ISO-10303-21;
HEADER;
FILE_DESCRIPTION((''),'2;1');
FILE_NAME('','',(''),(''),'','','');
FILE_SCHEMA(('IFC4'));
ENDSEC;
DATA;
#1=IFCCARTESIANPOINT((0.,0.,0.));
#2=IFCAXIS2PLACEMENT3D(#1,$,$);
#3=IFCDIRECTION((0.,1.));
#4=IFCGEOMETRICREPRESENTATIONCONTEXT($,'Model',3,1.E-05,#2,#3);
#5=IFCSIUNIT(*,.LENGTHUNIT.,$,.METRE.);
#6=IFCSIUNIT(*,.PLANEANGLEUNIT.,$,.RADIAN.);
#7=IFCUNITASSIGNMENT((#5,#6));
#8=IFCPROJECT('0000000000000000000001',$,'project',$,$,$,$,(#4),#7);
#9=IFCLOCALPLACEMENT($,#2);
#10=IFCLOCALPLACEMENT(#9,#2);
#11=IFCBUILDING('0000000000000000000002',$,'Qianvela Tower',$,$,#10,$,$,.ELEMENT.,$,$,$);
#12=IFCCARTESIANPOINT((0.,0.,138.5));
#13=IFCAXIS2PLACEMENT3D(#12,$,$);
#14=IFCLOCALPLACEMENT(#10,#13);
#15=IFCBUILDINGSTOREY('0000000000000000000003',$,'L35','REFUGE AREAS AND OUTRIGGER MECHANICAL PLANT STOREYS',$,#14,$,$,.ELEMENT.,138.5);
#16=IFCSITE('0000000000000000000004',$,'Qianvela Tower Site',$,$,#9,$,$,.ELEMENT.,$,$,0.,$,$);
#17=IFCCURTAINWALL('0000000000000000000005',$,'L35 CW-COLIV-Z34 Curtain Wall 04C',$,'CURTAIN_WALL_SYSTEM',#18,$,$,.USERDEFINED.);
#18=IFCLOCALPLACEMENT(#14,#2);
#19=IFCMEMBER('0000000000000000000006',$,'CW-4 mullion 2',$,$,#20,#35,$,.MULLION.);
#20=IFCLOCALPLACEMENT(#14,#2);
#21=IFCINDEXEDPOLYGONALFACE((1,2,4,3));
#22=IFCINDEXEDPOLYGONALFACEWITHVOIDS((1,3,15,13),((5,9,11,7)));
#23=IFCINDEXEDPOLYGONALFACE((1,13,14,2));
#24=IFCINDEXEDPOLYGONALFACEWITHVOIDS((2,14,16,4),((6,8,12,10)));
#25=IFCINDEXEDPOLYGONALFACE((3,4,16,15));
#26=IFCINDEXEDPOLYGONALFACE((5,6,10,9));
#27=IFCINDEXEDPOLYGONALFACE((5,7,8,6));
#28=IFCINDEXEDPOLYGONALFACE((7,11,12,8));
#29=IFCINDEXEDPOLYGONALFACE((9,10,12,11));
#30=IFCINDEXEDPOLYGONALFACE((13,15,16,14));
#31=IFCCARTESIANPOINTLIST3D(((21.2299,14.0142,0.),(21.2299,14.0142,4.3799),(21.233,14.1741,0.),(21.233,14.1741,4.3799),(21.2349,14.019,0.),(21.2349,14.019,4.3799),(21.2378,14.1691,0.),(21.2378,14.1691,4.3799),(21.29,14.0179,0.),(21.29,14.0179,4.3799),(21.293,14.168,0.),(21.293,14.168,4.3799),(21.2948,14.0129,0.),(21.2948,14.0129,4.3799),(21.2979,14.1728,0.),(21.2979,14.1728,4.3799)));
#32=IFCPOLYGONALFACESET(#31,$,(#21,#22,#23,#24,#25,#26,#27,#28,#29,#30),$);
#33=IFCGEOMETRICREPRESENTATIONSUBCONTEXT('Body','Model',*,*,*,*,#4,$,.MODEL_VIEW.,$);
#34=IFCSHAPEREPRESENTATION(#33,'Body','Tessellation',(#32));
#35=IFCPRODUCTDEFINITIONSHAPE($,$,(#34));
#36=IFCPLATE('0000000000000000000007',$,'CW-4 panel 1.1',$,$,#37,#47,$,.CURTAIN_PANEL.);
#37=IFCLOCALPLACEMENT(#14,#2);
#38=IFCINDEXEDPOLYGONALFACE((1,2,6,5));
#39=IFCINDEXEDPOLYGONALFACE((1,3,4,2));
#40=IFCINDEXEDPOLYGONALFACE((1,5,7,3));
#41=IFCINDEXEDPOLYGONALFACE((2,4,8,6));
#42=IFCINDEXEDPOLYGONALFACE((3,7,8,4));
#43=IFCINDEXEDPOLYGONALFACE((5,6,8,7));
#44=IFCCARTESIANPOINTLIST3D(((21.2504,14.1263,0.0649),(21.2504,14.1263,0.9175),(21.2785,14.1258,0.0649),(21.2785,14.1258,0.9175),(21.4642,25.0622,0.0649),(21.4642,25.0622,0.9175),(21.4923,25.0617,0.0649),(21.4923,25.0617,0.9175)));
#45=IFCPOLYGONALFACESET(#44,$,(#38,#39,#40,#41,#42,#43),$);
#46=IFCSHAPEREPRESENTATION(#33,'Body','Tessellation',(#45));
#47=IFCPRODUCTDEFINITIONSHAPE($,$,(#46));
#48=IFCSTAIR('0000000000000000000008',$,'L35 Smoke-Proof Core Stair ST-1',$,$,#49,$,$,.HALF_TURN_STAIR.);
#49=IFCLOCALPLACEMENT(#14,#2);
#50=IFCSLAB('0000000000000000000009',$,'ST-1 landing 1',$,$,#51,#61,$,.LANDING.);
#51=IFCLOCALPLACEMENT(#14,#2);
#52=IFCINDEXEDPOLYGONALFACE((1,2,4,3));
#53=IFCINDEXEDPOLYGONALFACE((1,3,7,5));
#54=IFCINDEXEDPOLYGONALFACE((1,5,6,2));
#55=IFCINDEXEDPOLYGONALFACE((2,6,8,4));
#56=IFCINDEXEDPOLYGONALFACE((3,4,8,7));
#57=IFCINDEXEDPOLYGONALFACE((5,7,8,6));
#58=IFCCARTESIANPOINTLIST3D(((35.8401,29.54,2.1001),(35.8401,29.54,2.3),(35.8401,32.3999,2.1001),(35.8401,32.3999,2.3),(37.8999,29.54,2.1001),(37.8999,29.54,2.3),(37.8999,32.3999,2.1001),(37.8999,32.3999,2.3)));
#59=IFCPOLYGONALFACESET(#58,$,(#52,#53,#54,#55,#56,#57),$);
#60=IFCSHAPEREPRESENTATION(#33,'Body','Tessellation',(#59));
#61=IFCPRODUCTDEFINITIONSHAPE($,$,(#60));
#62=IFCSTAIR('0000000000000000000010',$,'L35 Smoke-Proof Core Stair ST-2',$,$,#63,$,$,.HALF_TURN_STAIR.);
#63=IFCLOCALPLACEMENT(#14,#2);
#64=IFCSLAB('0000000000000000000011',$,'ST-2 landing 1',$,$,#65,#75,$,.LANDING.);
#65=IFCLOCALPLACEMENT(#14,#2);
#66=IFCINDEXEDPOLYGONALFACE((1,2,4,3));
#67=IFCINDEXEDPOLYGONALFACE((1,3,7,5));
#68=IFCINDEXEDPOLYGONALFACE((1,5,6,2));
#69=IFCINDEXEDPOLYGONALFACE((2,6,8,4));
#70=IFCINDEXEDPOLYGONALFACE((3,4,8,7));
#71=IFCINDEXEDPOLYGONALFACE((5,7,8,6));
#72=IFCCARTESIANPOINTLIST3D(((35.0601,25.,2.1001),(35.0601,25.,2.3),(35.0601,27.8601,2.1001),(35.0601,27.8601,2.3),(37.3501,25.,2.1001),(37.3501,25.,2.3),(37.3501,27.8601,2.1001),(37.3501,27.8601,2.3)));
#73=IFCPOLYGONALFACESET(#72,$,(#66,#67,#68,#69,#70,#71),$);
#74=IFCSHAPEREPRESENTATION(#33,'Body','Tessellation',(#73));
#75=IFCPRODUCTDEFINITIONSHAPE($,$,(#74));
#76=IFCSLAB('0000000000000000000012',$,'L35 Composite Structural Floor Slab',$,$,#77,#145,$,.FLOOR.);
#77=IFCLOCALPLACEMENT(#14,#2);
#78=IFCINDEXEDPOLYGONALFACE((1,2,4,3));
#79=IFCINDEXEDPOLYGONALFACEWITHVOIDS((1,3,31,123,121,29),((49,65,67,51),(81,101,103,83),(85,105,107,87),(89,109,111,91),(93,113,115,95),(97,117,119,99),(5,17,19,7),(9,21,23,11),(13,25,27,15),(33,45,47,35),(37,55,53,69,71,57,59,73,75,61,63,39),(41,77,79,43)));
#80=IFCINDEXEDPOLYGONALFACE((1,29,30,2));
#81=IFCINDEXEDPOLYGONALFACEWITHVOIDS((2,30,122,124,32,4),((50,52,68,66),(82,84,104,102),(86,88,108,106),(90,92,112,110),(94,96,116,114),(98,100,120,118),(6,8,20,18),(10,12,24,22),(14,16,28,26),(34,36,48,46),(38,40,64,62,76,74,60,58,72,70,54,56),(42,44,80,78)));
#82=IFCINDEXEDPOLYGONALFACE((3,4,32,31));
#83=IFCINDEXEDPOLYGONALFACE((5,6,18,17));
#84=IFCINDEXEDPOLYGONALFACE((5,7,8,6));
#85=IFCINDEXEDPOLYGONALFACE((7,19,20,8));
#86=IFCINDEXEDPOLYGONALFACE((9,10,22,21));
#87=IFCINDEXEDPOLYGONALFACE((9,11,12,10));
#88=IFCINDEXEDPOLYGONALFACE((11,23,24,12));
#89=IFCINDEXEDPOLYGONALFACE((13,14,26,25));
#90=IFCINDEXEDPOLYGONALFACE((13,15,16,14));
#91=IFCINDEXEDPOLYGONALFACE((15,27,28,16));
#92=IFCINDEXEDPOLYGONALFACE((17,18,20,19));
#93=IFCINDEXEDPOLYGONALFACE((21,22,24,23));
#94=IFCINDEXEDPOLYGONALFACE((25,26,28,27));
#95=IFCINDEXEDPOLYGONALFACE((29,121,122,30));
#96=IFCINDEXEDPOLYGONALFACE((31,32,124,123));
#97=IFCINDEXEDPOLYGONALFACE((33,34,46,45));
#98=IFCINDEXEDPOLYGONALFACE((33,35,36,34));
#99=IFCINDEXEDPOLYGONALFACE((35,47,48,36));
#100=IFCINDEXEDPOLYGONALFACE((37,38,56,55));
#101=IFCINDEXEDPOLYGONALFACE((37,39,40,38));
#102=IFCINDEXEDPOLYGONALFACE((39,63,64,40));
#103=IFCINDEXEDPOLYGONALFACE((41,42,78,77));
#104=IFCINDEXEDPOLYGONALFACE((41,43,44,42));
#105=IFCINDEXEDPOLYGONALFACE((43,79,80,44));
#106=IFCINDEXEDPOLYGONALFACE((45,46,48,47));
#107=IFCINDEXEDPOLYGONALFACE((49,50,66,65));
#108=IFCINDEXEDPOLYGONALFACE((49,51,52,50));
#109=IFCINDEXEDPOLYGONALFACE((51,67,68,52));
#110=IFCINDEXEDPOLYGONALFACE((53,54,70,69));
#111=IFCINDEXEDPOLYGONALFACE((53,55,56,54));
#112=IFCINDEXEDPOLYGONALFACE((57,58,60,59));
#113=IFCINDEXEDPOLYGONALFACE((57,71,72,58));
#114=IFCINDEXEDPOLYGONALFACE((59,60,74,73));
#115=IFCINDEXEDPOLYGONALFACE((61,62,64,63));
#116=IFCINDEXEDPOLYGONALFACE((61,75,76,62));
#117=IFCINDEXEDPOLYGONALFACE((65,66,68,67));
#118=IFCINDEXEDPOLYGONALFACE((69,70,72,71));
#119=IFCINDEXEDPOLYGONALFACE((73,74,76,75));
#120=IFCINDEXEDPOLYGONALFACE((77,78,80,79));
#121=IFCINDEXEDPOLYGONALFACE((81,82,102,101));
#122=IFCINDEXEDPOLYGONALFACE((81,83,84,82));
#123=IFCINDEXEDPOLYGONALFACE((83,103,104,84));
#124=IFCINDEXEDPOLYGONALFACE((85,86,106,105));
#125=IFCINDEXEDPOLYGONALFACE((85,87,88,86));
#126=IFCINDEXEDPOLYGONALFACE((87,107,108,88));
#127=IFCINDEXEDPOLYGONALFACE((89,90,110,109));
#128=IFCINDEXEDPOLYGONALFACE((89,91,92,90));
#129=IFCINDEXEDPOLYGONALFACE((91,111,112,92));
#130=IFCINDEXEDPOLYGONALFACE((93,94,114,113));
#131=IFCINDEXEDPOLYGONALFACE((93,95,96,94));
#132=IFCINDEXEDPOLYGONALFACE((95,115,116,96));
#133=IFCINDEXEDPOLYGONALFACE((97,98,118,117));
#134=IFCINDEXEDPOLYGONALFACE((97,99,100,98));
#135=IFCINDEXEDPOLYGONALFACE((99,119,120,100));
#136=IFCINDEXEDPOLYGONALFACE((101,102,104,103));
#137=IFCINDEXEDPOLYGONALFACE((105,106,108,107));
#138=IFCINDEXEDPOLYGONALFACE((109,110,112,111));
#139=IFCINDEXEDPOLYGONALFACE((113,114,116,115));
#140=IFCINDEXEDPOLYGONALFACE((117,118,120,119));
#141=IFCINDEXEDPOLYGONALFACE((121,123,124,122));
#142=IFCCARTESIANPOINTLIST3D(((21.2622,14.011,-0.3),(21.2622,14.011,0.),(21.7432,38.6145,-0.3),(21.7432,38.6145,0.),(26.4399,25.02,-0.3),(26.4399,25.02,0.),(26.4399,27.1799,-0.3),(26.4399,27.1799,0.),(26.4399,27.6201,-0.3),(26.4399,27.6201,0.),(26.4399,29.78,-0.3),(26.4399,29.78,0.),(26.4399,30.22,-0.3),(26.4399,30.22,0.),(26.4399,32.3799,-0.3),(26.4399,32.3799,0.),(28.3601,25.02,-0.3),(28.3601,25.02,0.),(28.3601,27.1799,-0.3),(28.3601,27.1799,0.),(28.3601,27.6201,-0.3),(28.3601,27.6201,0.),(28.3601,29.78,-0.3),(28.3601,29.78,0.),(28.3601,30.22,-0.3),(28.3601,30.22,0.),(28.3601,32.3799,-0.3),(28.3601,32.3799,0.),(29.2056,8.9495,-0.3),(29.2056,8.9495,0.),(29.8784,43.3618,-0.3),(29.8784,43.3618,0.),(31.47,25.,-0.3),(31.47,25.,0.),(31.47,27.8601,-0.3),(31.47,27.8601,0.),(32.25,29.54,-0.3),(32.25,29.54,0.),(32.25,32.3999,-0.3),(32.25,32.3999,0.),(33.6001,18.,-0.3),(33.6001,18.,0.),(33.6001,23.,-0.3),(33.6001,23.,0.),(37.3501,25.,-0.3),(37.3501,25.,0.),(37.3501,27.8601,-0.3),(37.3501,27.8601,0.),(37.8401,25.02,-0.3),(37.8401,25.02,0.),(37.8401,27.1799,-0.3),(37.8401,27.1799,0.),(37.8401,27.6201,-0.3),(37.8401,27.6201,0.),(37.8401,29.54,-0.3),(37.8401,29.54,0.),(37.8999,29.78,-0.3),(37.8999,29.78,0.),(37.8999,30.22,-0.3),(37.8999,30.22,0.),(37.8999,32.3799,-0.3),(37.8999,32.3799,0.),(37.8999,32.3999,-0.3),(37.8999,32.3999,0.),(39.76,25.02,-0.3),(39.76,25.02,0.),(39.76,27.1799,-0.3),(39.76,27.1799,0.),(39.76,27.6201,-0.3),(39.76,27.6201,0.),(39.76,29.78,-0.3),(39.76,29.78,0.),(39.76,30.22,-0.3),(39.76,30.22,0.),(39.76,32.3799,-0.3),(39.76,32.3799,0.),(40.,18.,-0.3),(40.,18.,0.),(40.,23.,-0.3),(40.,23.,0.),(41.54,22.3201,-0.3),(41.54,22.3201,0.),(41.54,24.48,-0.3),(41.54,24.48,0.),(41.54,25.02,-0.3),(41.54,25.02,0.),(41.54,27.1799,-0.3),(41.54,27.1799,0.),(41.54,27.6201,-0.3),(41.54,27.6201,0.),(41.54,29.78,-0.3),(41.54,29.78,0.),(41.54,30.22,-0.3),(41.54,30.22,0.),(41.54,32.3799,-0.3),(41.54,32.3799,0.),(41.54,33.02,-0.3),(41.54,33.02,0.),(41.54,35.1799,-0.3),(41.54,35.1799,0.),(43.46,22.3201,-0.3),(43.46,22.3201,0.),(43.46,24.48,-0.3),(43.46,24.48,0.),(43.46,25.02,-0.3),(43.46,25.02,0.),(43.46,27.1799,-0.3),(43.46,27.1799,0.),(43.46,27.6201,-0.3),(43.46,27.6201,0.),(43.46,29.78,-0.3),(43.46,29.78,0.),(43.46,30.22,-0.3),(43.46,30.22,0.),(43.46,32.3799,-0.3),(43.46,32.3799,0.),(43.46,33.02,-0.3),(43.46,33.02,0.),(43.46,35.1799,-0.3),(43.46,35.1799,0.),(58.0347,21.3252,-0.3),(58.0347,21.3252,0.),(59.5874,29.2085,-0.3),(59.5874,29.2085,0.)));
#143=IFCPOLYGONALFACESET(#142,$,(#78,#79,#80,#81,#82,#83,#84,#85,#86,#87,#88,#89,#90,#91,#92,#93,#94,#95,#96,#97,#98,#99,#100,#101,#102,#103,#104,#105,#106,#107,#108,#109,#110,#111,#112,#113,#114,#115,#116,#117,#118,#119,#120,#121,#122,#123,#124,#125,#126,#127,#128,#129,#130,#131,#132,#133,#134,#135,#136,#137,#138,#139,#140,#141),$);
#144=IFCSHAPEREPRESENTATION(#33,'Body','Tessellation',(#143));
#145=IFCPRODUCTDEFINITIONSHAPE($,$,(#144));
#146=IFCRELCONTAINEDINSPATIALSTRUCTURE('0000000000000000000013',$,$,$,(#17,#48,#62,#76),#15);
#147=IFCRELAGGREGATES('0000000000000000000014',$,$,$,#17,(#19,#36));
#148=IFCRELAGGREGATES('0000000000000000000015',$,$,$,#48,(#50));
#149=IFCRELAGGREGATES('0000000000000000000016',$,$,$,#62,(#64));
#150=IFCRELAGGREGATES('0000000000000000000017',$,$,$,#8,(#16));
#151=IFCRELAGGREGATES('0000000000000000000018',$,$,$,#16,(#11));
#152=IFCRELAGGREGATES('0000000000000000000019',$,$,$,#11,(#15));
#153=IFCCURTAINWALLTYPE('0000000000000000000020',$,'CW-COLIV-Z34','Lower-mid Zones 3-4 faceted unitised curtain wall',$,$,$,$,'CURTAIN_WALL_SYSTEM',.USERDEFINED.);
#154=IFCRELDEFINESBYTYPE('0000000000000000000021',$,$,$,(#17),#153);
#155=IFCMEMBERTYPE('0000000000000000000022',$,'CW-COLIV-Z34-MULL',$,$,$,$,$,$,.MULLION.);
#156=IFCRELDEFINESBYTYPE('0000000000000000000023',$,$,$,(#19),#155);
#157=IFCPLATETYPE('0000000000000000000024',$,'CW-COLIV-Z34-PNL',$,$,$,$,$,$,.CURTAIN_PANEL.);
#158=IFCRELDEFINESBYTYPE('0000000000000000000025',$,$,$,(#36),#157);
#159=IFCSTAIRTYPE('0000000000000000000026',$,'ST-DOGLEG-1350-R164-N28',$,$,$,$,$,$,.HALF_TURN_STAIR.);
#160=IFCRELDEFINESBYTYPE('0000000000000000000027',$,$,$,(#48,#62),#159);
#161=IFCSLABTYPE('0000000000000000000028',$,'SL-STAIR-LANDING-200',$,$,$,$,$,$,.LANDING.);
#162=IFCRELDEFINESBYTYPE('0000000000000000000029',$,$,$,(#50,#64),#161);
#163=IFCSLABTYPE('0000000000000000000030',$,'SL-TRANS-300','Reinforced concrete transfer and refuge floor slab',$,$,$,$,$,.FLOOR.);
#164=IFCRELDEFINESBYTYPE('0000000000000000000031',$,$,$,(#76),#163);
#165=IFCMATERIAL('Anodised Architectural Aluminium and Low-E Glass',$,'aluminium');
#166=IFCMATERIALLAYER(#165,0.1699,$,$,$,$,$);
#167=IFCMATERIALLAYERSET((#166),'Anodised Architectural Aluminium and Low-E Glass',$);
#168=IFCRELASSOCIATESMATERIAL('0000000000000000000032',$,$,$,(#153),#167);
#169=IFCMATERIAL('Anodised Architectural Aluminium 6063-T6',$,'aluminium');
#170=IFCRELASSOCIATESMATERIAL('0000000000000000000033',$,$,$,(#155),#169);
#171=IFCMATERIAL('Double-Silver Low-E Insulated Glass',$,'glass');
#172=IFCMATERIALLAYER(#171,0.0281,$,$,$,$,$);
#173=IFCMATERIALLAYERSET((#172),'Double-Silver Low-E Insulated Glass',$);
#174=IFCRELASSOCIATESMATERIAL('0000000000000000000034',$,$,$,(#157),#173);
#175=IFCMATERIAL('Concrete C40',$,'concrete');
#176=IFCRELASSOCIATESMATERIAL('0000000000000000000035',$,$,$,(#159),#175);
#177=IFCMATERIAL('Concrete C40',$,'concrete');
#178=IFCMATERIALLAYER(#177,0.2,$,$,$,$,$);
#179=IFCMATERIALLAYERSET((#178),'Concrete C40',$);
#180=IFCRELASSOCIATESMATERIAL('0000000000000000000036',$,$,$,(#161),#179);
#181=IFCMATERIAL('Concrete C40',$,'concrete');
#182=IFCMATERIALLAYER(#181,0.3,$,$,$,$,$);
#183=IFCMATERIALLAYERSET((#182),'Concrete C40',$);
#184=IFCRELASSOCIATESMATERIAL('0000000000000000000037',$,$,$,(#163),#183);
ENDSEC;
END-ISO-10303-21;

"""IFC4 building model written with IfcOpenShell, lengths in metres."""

from ifc_helpers import new_model, si_unit, direction, frame, origin, origin_2d, place, context, subcontext, project, spatial, polyline, rectangle, hollow_rectangle, outline, extrude, material, layer, layer_set, material_profile, profile_set, type_object, element, aggregate, save


model = new_model("IFC4")

# Units and contexts
model_context = context("Model", 3, precision=1e-05, world=origin(), true_north=direction((0.0, 1.0)))
body_context = subcontext(model_context, "Body", "Model", "MODEL_VIEW")
ifc_project = project(units=[si_unit("LENGTHUNIT", "METRE"), si_unit("PLANEANGLEUNIT", "RADIAN")], contexts=[model_context])

# Site, building, storey
site_placement = place(None, origin())
site = spatial("IfcSite", under=ifc_project, at=site_placement, Name="Qianvela Tower Site", CompositionType="ELEMENT", RefElevation=0.0)
building_placement = place(site_placement, origin())
building = spatial("IfcBuilding", under=site, at=building_placement, Name="Qianvela Tower", CompositionType="ELEMENT")
storey_placement = place(building_placement, frame((0.0, 0.0, 138.5)))
storey = spatial("IfcBuildingStorey", under=building, at=storey_placement, Name="L35", Description="REFUGE AREAS AND OUTRIGGER MECHANICAL PLANT STOREYS", CompositionType="ELEMENT", Elevation=138.5)

# Curtain wall, member, plate
ifc_material_1 = material(Name="Anodised Architectural Aluminium and Low-E Glass", Category="aluminium")
ifc_layer_1 = layer(ifc_material_1, 0.1699)
ifc_layer_set_1 = layer_set([ifc_layer_1], Name="Anodised Architectural Aluminium and Low-E Glass")
curtain_wall_type = type_object("IfcCurtainWallType", Name="CW-COLIV-Z34", Description="Lower-mid Zones 3-4 faceted unitised curtain wall", ElementType="CURTAIN_WALL_SYSTEM", PredefinedType="USERDEFINED", material=ifc_layer_set_1)
curtain_wall_placement = place(storey_placement, origin())
curtain_wall = element("IfcCurtainWall", 1, at=curtain_wall_placement, inside=storey, type_object=curtain_wall_type, Name="L35 CW-COLIV-Z34 Curtain Wall 04C", ObjectType="CURTAIN_WALL_SYSTEM", PredefinedType="USERDEFINED")
ifc_material_2 = material(Name="Anodised Architectural Aluminium 6063-T6", Category="aluminium")
ifc_material_profile = material_profile(ifc_material_2, hollow_rectangle(XDim=0.0649, YDim=0.1599, WallThickness=0.0049, at=origin_2d()), Name="ALU-MULL-65x160")
ifc_profile_set = profile_set([ifc_material_profile], Name="Anodised Architectural Aluminium 6063-T6")
member_type = type_object("IfcMemberType", Name="CW-COLIV-Z34-MULL", PredefinedType="MULLION", material=ifc_profile_set)
member_placement = place(storey_placement, frame((21.2639, 14.0935, 0.0), z_axis=(0.0, 0.0, 1.0), x_axis=(0.999809, -0.019543, 0.0)))
member = element("IfcMember", 2, at=member_placement, type_object=member_type, Name="CW-4 mullion 2", PredefinedType="MULLION", context=body_context, shape_type="SweptSolid", body=[
    extrude(hollow_rectangle(XDim=0.0649, YDim=0.1599, WallThickness=0.0049, at=origin_2d()), origin(), (0.0, 0.0, 1.0), 4.3799),
])
ifc_material_3 = material(Name="Double-Silver Low-E Insulated Glass", Category="glass")
ifc_layer_2 = layer(ifc_material_3, 0.0281)
ifc_layer_set_2 = layer_set([ifc_layer_2], Name="Double-Silver Low-E Insulated Glass")
plate_type = type_object("IfcPlateType", Name="CW-COLIV-Z34-PNL", PredefinedType="CURTAIN_PANEL", material=ifc_layer_set_2)
plate_placement = place(storey_placement, frame((21.3713, 19.594, 0.0649), z_axis=(0.0, 0.0, 1.0), x_axis=(-0.019543, -0.999809, 0.0)))
plate = element("IfcPlate", 3, at=plate_placement, type_object=plate_type, Name="CW-4 panel 1.1", PredefinedType="CURTAIN_PANEL", context=body_context, shape_type="SweptSolid", body=[
    extrude(rectangle(XDim=10.938, YDim=0.0281, at=origin_2d()), origin(), (0.0, 0.0, 1.0), 0.8525),
])
aggregate(curtain_wall, [member, plate])

# Stairs, slabs
ifc_material_4 = material(Name="Concrete C40", Category="concrete")
stair_type = type_object("IfcStairType", Name="ST-DOGLEG-1350-R164-N28", PredefinedType="HALF_TURN_STAIR", material=ifc_material_4)
stair_1_placement = place(storey_placement, origin())
stair_1 = element("IfcStair", 4, at=stair_1_placement, inside=storey, type_object=stair_type, Name="L35 Smoke-Proof Core Stair ST-1", PredefinedType="HALF_TURN_STAIR")
ifc_material_5 = material(Name="Concrete C40", Category="concrete")
ifc_layer_3 = layer(ifc_material_5, 0.2)
ifc_layer_set_3 = layer_set([ifc_layer_3], Name="Concrete C40")
slab_type_1 = type_object("IfcSlabType", Name="SL-STAIR-LANDING-200", PredefinedType="LANDING", material=ifc_layer_set_3)
slab_1_placement = place(storey_placement, frame((0.0, 0.0, 2.1001)))
slab_1 = element("IfcSlab", 5, at=slab_1_placement, type_object=slab_type_1, Name="ST-1 landing 1", PredefinedType="LANDING", context=body_context, shape_type="SweptSolid", body=[
    extrude(outline(polyline([(35.8401, 29.54), (37.8999, 29.54), (37.8999, 32.3999), (35.8401, 32.3999), (35.8401, 29.54)])), origin(), (0.0, 0.0, 1.0), 0.2),
])
aggregate(stair_1, [slab_1])
stair_2_placement = place(storey_placement, origin())
stair_2 = element("IfcStair", 6, at=stair_2_placement, inside=storey, type_object=stair_type, Name="L35 Smoke-Proof Core Stair ST-2", PredefinedType="HALF_TURN_STAIR")
slab_2_placement = place(storey_placement, frame((0.0, 0.0, 2.1001)))
slab_2 = element("IfcSlab", 7, at=slab_2_placement, type_object=slab_type_1, Name="ST-2 landing 1", PredefinedType="LANDING", context=body_context, shape_type="SweptSolid", body=[
    extrude(outline(polyline([(35.0601, 25.0), (37.3501, 25.0), (37.3501, 27.8601), (35.0601, 27.8601), (35.0601, 25.0)])), origin(), (0.0, 0.0, 1.0), 0.2),
])
aggregate(stair_2, [slab_2])

# Slab
ifc_material_6 = material(Name="Concrete C40", Category="concrete")
ifc_layer_4 = layer(ifc_material_6, 0.3)
ifc_layer_set_4 = layer_set([ifc_layer_4], Name="Concrete C40")
slab_type_2 = type_object("IfcSlabType", Name="SL-TRANS-300", Description="Reinforced concrete transfer and refuge floor slab", PredefinedType="FLOOR", material=ifc_layer_set_4)
slab_3_placement = place(storey_placement, frame((0.0, 0.0, -0.3)))
element("IfcSlab", 8, at=slab_3_placement, inside=storey, type_object=slab_type_2, Name="L35 Composite Structural Floor Slab", PredefinedType="FLOOR", context=body_context, shape_type="SweptSolid", body=[
    extrude(outline(polyline([(58.0347, 21.3252), (59.5874, 29.2085), (29.8784, 43.3618), (21.7432, 38.6145), (21.2622, 14.011), (29.2056, 8.9495), (58.0347, 21.3252)]), holes=[polyline([(40.0, 23.0), (33.6001, 23.0), (33.6001, 18.0), (40.0, 18.0), (40.0, 23.0)]), polyline([(28.3601, 25.02), (28.3601, 27.1799), (26.4399, 27.1799), (26.4399, 25.02), (28.3601, 25.02)]), polyline([(37.3501, 25.0), (37.3501, 27.8601), (31.47, 27.8601), (31.47, 25.0), (37.3501, 25.0)]), polyline([(28.3601, 27.6201), (28.3601, 29.78), (26.4399, 29.78), (26.4399, 27.6201), (28.3601, 27.6201)]), polyline([(37.8999, 32.3799), (37.8999, 32.3999), (32.25, 32.3999), (32.25, 29.54), (37.8401, 29.54), (37.8401, 27.6201), (39.76, 27.6201), (39.76, 29.78), (37.8999, 29.78), (37.8999, 30.22), (39.76, 30.22), (39.76, 32.3799), (37.8999, 32.3799)]), polyline([(28.3601, 30.22), (28.3601, 32.3799), (26.4399, 32.3799), (26.4399, 30.22), (28.3601, 30.22)]), polyline([(43.46, 24.48), (41.54, 24.48), (41.54, 22.3201), (43.46, 22.3201), (43.46, 24.48)]), polyline([(39.76, 25.02), (39.76, 27.1799), (37.8401, 27.1799), (37.8401, 25.02), (39.76, 25.02)]), polyline([(43.46, 25.02), (43.46, 27.1799), (41.54, 27.1799), (41.54, 25.02), (43.46, 25.02)]), polyline([(43.46, 27.6201), (43.46, 29.78), (41.54, 29.78), (41.54, 27.6201), (43.46, 27.6201)]), polyline([(43.46, 30.22), (43.46, 32.3799), (41.54, 32.3799), (41.54, 30.22), (43.46, 30.22)]), polyline([(43.46, 33.02), (43.46, 35.1799), (41.54, 35.1799), (41.54, 33.02), (43.46, 33.02)])]), origin(), (0.0, 0.0, 1.0), 0.3),
])

save(model, "model.ifc")
